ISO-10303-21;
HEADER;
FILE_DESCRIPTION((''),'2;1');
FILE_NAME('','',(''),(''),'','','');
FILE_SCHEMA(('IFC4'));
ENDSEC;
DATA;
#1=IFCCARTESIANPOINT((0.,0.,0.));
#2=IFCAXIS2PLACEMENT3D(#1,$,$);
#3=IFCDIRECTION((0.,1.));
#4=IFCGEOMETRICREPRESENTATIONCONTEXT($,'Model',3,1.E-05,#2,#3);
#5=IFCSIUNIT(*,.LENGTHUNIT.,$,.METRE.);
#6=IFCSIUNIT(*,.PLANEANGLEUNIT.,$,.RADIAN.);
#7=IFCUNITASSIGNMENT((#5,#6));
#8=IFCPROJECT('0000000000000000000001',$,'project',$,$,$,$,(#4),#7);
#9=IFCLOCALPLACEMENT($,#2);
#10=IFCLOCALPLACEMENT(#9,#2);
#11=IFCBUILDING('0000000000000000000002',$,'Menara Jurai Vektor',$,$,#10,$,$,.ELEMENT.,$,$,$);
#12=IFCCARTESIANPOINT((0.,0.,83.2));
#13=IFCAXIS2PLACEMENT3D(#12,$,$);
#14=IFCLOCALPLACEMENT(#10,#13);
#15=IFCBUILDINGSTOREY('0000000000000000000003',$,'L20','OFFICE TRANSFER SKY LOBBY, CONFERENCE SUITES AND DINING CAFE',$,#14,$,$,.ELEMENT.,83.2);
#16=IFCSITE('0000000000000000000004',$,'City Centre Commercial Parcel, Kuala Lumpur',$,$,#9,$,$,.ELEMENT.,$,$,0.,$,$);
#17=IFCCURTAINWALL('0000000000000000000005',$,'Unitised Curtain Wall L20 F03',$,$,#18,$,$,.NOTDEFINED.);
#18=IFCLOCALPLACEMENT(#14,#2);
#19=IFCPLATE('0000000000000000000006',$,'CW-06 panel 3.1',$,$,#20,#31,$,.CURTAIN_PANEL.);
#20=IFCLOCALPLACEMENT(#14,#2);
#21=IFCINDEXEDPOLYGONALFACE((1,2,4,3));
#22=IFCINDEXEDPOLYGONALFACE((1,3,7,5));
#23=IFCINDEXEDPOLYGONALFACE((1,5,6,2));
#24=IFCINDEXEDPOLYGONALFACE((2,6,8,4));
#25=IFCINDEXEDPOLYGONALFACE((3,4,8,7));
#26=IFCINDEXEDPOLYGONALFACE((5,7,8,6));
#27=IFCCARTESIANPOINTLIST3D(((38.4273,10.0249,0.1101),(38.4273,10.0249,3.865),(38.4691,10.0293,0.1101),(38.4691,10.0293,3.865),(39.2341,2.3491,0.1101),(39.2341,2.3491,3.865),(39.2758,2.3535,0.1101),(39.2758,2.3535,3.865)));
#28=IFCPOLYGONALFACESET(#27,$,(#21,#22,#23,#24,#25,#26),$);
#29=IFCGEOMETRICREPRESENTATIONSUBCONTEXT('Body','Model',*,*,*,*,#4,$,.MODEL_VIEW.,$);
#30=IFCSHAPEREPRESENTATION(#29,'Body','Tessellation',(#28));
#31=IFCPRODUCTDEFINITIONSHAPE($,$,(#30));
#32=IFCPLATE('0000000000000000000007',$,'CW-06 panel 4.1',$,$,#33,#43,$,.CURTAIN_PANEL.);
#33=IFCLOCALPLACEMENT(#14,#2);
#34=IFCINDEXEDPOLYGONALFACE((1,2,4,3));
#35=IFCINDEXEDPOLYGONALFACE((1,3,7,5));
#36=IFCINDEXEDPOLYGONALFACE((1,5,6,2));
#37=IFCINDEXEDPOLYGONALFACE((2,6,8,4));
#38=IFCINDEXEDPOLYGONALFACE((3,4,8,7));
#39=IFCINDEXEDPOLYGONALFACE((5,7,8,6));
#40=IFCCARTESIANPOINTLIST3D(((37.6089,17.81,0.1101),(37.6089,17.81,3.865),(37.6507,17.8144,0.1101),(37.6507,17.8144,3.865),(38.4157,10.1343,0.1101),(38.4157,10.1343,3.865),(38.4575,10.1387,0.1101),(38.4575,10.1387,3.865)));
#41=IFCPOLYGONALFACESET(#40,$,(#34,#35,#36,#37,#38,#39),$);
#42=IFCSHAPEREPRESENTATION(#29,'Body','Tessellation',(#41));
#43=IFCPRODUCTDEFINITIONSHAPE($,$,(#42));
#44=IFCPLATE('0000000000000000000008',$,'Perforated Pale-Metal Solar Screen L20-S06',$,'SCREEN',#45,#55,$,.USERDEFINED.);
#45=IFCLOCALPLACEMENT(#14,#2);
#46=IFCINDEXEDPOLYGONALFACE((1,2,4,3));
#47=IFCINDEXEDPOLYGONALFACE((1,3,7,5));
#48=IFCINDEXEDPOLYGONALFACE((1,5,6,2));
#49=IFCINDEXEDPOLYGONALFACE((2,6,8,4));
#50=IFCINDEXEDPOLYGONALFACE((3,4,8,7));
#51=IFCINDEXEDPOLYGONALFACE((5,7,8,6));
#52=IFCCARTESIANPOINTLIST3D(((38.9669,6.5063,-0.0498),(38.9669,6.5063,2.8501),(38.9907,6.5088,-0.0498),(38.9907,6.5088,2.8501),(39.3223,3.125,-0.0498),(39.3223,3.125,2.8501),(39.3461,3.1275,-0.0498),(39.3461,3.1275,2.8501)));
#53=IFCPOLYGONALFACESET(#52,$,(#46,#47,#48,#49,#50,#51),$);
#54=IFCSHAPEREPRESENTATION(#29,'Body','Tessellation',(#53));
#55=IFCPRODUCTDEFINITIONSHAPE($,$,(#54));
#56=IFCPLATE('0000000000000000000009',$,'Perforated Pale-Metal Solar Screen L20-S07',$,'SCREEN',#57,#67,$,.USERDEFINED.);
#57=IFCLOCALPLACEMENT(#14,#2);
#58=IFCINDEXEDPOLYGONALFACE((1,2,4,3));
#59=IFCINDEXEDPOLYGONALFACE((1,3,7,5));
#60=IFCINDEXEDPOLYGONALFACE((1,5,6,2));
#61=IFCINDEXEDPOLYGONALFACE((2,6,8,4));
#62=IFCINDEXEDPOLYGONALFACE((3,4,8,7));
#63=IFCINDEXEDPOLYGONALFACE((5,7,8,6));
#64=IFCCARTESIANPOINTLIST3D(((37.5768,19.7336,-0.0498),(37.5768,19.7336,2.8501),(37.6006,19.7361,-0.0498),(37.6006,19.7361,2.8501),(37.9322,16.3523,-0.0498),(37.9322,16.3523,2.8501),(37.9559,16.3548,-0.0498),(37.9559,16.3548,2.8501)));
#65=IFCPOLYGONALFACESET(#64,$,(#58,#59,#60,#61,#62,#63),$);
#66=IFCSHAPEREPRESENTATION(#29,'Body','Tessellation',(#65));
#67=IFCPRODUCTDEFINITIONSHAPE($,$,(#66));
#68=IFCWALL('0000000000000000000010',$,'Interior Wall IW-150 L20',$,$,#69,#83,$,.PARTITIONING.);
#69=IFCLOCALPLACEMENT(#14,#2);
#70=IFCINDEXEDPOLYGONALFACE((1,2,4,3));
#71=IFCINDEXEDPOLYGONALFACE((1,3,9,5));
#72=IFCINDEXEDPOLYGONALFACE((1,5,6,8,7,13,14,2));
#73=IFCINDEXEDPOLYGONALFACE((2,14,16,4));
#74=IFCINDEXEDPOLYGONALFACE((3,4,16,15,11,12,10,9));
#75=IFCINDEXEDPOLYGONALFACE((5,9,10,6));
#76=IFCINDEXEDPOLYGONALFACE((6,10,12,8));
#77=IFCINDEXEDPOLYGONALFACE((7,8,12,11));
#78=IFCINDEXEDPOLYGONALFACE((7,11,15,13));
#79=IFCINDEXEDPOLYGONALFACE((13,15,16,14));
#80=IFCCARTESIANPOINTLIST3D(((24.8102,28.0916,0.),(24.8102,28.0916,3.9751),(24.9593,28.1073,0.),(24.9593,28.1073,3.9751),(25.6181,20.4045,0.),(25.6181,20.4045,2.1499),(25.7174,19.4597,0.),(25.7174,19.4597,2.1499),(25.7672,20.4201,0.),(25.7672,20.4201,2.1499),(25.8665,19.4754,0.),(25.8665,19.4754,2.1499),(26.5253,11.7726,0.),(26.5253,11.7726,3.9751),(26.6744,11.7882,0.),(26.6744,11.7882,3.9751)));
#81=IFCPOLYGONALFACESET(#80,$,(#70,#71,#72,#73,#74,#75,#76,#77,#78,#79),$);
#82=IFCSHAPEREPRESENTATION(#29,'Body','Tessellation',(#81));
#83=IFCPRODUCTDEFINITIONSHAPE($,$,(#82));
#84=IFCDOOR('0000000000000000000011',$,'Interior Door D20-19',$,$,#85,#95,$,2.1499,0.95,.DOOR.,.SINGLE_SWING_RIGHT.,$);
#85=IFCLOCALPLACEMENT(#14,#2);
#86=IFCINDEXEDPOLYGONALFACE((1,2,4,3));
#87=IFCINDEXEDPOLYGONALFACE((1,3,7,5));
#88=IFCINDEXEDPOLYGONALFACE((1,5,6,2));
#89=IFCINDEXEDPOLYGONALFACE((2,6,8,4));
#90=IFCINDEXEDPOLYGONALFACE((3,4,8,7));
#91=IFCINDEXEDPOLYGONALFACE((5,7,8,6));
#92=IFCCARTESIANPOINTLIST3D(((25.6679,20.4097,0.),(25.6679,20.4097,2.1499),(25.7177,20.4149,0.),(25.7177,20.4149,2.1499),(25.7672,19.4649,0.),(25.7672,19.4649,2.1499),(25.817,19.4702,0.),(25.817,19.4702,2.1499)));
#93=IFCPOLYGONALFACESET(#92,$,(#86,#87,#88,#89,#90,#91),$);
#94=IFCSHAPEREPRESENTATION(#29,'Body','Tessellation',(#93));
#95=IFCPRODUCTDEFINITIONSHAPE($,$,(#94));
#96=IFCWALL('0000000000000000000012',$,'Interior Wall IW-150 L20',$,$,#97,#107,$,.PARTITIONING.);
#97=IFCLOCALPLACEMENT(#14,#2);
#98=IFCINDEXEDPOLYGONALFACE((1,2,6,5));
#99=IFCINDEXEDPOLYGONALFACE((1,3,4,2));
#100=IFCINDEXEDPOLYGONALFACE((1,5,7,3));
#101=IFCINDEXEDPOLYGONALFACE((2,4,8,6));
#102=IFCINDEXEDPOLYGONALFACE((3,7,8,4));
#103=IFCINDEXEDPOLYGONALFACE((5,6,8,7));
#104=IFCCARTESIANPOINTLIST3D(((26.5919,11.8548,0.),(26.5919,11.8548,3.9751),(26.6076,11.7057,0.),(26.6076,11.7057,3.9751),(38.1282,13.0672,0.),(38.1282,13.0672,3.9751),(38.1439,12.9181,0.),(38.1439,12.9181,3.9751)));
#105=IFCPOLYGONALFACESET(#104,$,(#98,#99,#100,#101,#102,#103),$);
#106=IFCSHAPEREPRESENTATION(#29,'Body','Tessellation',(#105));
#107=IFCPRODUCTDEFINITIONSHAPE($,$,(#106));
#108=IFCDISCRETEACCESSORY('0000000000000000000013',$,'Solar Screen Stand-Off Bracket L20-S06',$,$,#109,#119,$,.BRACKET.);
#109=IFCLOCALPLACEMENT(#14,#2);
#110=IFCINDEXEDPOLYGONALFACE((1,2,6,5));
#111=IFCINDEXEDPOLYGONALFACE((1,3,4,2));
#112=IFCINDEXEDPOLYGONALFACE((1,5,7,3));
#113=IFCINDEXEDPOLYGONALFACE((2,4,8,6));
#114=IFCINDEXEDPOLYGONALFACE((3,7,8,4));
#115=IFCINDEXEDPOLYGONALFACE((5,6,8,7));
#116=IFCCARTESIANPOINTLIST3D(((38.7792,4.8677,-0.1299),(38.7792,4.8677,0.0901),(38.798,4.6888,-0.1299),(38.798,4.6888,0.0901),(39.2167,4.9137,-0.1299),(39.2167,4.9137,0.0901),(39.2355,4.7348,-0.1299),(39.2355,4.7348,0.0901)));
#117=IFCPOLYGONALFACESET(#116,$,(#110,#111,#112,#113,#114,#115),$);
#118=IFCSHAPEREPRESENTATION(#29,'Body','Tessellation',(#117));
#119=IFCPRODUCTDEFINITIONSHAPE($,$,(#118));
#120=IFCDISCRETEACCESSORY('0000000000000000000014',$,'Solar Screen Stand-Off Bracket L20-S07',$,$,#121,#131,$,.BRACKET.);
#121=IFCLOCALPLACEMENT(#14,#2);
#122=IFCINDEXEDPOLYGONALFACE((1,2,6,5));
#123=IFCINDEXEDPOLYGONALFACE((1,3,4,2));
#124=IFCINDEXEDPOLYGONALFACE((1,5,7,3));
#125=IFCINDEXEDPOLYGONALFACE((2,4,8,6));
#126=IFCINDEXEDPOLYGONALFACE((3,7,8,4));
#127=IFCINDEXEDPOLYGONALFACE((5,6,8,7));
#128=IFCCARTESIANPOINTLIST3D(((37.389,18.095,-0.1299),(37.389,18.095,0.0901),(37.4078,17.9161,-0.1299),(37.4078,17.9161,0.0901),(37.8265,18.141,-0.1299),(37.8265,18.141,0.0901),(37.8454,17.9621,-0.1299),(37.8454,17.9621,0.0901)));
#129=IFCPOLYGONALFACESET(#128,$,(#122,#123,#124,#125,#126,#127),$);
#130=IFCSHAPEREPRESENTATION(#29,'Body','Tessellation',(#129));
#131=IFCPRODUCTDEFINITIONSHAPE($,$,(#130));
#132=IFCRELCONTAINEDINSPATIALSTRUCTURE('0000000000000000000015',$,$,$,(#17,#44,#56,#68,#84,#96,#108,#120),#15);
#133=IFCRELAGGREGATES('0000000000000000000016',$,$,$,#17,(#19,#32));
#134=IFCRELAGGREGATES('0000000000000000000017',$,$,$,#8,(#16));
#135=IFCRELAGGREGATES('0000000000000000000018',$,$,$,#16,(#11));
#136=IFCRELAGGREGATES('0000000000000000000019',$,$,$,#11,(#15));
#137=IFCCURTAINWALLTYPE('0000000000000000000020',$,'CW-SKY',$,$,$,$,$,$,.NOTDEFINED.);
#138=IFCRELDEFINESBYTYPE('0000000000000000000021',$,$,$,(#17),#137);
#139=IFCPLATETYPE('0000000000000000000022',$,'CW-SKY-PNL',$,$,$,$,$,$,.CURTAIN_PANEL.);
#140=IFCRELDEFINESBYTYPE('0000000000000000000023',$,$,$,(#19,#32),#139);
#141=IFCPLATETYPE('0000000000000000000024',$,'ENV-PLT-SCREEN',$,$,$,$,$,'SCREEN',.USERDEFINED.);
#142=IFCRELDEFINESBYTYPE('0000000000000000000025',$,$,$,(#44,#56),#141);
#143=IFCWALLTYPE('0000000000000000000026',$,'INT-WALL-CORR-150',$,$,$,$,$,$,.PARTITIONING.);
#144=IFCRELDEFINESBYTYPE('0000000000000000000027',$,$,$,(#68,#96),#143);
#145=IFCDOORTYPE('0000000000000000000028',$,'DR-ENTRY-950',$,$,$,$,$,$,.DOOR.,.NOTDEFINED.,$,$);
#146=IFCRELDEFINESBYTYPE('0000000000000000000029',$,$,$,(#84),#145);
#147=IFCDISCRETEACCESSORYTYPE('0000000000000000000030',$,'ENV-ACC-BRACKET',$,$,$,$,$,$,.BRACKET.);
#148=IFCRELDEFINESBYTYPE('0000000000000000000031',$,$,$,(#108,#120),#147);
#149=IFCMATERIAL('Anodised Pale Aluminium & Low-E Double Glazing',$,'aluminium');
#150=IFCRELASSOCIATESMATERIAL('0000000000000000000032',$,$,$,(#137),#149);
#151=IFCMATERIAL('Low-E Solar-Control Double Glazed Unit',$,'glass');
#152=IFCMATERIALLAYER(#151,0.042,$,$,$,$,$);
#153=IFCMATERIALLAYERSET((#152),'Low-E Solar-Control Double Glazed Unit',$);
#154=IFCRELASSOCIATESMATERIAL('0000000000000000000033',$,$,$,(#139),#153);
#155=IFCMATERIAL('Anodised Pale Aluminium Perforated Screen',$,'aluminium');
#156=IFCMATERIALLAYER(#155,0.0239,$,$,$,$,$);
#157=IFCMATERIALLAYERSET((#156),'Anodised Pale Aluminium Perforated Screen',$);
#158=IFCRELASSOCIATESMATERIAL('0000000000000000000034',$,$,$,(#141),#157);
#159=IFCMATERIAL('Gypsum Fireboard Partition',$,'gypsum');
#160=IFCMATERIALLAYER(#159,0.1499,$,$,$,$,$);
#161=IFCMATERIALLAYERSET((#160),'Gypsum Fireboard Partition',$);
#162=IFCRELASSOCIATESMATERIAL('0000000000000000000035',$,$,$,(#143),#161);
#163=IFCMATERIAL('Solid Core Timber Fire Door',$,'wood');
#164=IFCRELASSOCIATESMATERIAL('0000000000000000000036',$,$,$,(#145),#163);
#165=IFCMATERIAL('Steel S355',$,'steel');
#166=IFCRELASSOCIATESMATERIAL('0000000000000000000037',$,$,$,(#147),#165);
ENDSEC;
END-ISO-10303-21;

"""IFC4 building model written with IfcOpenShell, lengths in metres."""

from ifc_helpers import new_model, si_unit, direction, frame, frame_2d, origin, origin_2d, place, context, subcontext, project, spatial, rectangle, extrude, material, layer, layer_set, type_object, element, fill, aggregate, save


model = new_model("IFC4")

# Units and contexts
model_context = context("Model", 3, precision=1e-05, world=origin(), true_north=direction((0.0, 1.0)))
body_context = subcontext(model_context, "Body", "Model", "MODEL_VIEW")
ifc_project = project(units=[si_unit("LENGTHUNIT", "METRE"), si_unit("PLANEANGLEUNIT", "RADIAN")], contexts=[model_context])

# Site, building, storey
site_placement = place(None, origin())
site = spatial("IfcSite", under=ifc_project, at=site_placement, Name="City Centre Commercial Parcel, Kuala Lumpur", CompositionType="ELEMENT", RefElevation=0.0)
building_placement = place(site_placement, origin())
building = spatial("IfcBuilding", under=site, at=building_placement, Name="Menara Jurai Vektor", CompositionType="ELEMENT")
storey_placement = place(building_placement, frame((0.0, 0.0, 83.2)))
storey = spatial("IfcBuildingStorey", under=building, at=storey_placement, Name="L20", Description="OFFICE TRANSFER SKY LOBBY, CONFERENCE SUITES AND DINING CAFE", CompositionType="ELEMENT", Elevation=83.2)

# Curtain wall
ifc_material_1 = material(Name="Anodised Pale Aluminium & Low-E Double Glazing", Category="aluminium")
curtain_wall_type = type_object("IfcCurtainWallType", Name="CW-SKY", PredefinedType="NOTDEFINED", material=ifc_material_1)
curtain_wall_placement = place(storey_placement, origin())
curtain_wall = element("IfcCurtainWall", 1, at=curtain_wall_placement, inside=storey, type_object=curtain_wall_type, Name="Unitised Curtain Wall L20 F03", PredefinedType="NOTDEFINED")

# Shared definitions
ifc_material_2 = material(Name="Steel S355", Category="steel")

# Plates
ifc_material_3 = material(Name="Low-E Solar-Control Double Glazed Unit", Category="glass")
ifc_layer_1 = layer(ifc_material_3, 0.042)
ifc_layer_set_1 = layer_set([ifc_layer_1], Name="Low-E Solar-Control Double Glazed Unit")
plate_type_1 = type_object("IfcPlateType", Name="CW-SKY-PNL", PredefinedType="CURTAIN_PANEL", material=ifc_layer_set_1)
plate_1_placement = place(storey_placement, frame((38.8516, 6.1892, 0.1101), z_axis=(0.0, 0.0, 1.0), x_axis=(-0.10453, 0.994522, 0.0)))
plate_1 = element("IfcPlate", 2, at=plate_1_placement, type_object=plate_type_1, Name="CW-06 panel 3.1", PredefinedType="CURTAIN_PANEL", context=body_context, shape_type="SweptSolid", body=[
    extrude(rectangle(XDim=7.718, YDim=0.042, at=origin_2d()), origin(), (0.0, 0.0, 1.0), 3.7549),
])
plate_2_placement = place(storey_placement, frame((38.0332, 13.9744, 0.1101), z_axis=(0.0, 0.0, 1.0), x_axis=(-0.10453, 0.994522, 0.0)))
plate_2 = element("IfcPlate", 3, at=plate_2_placement, type_object=plate_type_1, Name="CW-06 panel 4.1", PredefinedType="CURTAIN_PANEL", context=body_context, shape_type="SweptSolid", body=[
    extrude(rectangle(XDim=7.718, YDim=0.042, at=origin_2d()), origin(), (0.0, 0.0, 1.0), 3.7549),
])
aggregate(curtain_wall, [plate_1, plate_2])

# Plates
ifc_material_4 = material(Name="Anodised Pale Aluminium Perforated Screen", Category="aluminium")
ifc_layer_2 = layer(ifc_material_4, 0.0239)
ifc_layer_set_2 = layer_set([ifc_layer_2], Name="Anodised Pale Aluminium Perforated Screen")
plate_type_2 = type_object("IfcPlateType", Name="ENV-PLT-SCREEN", ElementType="SCREEN", PredefinedType="USERDEFINED", material=ifc_layer_set_2)
for number, where, z_axis, x_axis, name in (
    (4, (39.1565, 4.8169, -0.0498), (0.0, 0.0, 1.0), (-0.104528, 0.994522, 0.0), "Perforated Pale-Metal Solar Screen L20-S06"),
    (5, (37.7664, 18.0442, -0.0498), (0.0, 0.0, 1.0), (-0.104528, 0.994522, 0.0), "Perforated Pale-Metal Solar Screen L20-S07"),
):
    element("IfcPlate", number, at=place(storey_placement, frame(where, z_axis=z_axis, x_axis=x_axis)), inside=storey, type_object=plate_type_2, Name=name, ObjectType="SCREEN", PredefinedType="USERDEFINED", context=body_context, shape_type="SweptSolid", body=[
        extrude(rectangle(XDim=3.3999, YDim=0.0239, at=origin_2d()), origin(), (0.0, 0.0, 1.0), 2.8999),
    ])

# Wall, opening, door
ifc_material_5 = material(Name="Gypsum Fireboard Partition", Category="gypsum")
ifc_layer_3 = layer(ifc_material_5, 0.1499)
ifc_layer_set_3 = layer_set([ifc_layer_3], Name="Gypsum Fireboard Partition")
wall_type = type_object("IfcWallType", Name="INT-WALL-CORR-150", PredefinedType="PARTITIONING", material=ifc_layer_set_3)
wall_1_placement = place(storey_placement, frame((26.5999, 11.7803, 0.0), z_axis=(0.0, 0.0, 1.0), x_axis=(-0.104521, 0.994523, 0.0)))
wall_1 = element("IfcWall", 6, at=wall_1_placement, inside=storey, type_object=wall_type, Name="Interior Wall IW-150 L20", PredefinedType="PARTITIONING", context=body_context, shape_type="SweptSolid", body=[
    extrude(rectangle(XDim=16.4089, YDim=0.1499, at=frame_2d((8.2046, 0.0))), origin(), (0.0, 0.0, 1.0), 3.9751),
])
opening_placement = place(wall_1_placement, frame((7.7295, 0.0, 0.0)))
opening = element("IfcOpeningElement", 7, at=opening_placement, cuts=wall_1, PredefinedType="OPENING", context=body_context, shape_type="SweptSolid", body=[
    extrude(rectangle(XDim=0.95, YDim=2.1499, at=frame_2d((0.4751, 1.075))), frame((0.0, 0.085, 0.0), z_axis=(0.0, -1.0, 0.0), x_axis=(1.0, 0.0, 0.0)), (0.0, 0.0, 1.0), 0.1699),
])
ifc_material_6 = material(Name="Solid Core Timber Fire Door", Category="wood")
door_type = type_object("IfcDoorType", Name="DR-ENTRY-950", OperationType="NOTDEFINED", PredefinedType="DOOR", material=ifc_material_6)
door_placement = place(opening_placement, origin())
door = element("IfcDoor", 8, at=door_placement, inside=storey, type_object=door_type, Name="Interior Door D20-19", OperationType="SINGLE_SWING_RIGHT", OverallHeight=2.1499, OverallWidth=0.95, PredefinedType="DOOR", context=body_context, shape_type="SweptSolid", body=[
    extrude(rectangle(XDim=0.95, YDim=2.1499, at=frame_2d((0.4751, 1.075))), frame((0.0, 0.0249, 0.0), z_axis=(0.0, -1.0, 0.0), x_axis=(1.0, 0.0, 0.0)), (0.0, 0.0, 1.0), 0.05),
])
fill(opening, door)

# Wall
wall_2_placement = place(storey_placement, frame((26.5999, 11.7803, 0.0), z_axis=(0.0, 0.0, 1.0), x_axis=(0.994523, 0.104518, 0.0)))
element("IfcWall", 9, at=wall_2_placement, inside=storey, type_object=wall_type, Name="Interior Wall IW-150 L20", PredefinedType="PARTITIONING", context=body_context, shape_type="SweptSolid", body=[
    extrude(rectangle(XDim=11.5999, YDim=0.1499, at=frame_2d((5.7998, 0.0))), origin(), (0.0, 0.0, 1.0), 3.9751),
])

# Discrete accessories
discrete_accessory_type = type_object("IfcDiscreteAccessoryType", Name="ENV-ACC-BRACKET", PredefinedType="BRACKET", material=ifc_material_2)
for number, where, z_axis, x_axis, name in (
    (10, (39.0073, 4.8013, -0.1299), (0.0, 0.0, 1.0), (-0.104528, 0.994522, 0.0), "Solar Screen Stand-Off Bracket L20-S06"),
    (11, (37.6172, 18.0286, -0.1299), (0.0, 0.0, 1.0), (-0.104528, 0.994522, 0.0), "Solar Screen Stand-Off Bracket L20-S07"),
):
    element("IfcDiscreteAccessory", number, at=place(storey_placement, frame(where, z_axis=z_axis, x_axis=x_axis)), inside=storey, type_object=discrete_accessory_type, Name=name, PredefinedType="BRACKET", context=body_context, shape_type="SweptSolid", body=[
        extrude(rectangle(XDim=0.1799, YDim=0.4399, at=origin_2d()), origin(), (0.0, 0.0, 1.0), 0.22),
    ])

save(model, "model.ifc")
